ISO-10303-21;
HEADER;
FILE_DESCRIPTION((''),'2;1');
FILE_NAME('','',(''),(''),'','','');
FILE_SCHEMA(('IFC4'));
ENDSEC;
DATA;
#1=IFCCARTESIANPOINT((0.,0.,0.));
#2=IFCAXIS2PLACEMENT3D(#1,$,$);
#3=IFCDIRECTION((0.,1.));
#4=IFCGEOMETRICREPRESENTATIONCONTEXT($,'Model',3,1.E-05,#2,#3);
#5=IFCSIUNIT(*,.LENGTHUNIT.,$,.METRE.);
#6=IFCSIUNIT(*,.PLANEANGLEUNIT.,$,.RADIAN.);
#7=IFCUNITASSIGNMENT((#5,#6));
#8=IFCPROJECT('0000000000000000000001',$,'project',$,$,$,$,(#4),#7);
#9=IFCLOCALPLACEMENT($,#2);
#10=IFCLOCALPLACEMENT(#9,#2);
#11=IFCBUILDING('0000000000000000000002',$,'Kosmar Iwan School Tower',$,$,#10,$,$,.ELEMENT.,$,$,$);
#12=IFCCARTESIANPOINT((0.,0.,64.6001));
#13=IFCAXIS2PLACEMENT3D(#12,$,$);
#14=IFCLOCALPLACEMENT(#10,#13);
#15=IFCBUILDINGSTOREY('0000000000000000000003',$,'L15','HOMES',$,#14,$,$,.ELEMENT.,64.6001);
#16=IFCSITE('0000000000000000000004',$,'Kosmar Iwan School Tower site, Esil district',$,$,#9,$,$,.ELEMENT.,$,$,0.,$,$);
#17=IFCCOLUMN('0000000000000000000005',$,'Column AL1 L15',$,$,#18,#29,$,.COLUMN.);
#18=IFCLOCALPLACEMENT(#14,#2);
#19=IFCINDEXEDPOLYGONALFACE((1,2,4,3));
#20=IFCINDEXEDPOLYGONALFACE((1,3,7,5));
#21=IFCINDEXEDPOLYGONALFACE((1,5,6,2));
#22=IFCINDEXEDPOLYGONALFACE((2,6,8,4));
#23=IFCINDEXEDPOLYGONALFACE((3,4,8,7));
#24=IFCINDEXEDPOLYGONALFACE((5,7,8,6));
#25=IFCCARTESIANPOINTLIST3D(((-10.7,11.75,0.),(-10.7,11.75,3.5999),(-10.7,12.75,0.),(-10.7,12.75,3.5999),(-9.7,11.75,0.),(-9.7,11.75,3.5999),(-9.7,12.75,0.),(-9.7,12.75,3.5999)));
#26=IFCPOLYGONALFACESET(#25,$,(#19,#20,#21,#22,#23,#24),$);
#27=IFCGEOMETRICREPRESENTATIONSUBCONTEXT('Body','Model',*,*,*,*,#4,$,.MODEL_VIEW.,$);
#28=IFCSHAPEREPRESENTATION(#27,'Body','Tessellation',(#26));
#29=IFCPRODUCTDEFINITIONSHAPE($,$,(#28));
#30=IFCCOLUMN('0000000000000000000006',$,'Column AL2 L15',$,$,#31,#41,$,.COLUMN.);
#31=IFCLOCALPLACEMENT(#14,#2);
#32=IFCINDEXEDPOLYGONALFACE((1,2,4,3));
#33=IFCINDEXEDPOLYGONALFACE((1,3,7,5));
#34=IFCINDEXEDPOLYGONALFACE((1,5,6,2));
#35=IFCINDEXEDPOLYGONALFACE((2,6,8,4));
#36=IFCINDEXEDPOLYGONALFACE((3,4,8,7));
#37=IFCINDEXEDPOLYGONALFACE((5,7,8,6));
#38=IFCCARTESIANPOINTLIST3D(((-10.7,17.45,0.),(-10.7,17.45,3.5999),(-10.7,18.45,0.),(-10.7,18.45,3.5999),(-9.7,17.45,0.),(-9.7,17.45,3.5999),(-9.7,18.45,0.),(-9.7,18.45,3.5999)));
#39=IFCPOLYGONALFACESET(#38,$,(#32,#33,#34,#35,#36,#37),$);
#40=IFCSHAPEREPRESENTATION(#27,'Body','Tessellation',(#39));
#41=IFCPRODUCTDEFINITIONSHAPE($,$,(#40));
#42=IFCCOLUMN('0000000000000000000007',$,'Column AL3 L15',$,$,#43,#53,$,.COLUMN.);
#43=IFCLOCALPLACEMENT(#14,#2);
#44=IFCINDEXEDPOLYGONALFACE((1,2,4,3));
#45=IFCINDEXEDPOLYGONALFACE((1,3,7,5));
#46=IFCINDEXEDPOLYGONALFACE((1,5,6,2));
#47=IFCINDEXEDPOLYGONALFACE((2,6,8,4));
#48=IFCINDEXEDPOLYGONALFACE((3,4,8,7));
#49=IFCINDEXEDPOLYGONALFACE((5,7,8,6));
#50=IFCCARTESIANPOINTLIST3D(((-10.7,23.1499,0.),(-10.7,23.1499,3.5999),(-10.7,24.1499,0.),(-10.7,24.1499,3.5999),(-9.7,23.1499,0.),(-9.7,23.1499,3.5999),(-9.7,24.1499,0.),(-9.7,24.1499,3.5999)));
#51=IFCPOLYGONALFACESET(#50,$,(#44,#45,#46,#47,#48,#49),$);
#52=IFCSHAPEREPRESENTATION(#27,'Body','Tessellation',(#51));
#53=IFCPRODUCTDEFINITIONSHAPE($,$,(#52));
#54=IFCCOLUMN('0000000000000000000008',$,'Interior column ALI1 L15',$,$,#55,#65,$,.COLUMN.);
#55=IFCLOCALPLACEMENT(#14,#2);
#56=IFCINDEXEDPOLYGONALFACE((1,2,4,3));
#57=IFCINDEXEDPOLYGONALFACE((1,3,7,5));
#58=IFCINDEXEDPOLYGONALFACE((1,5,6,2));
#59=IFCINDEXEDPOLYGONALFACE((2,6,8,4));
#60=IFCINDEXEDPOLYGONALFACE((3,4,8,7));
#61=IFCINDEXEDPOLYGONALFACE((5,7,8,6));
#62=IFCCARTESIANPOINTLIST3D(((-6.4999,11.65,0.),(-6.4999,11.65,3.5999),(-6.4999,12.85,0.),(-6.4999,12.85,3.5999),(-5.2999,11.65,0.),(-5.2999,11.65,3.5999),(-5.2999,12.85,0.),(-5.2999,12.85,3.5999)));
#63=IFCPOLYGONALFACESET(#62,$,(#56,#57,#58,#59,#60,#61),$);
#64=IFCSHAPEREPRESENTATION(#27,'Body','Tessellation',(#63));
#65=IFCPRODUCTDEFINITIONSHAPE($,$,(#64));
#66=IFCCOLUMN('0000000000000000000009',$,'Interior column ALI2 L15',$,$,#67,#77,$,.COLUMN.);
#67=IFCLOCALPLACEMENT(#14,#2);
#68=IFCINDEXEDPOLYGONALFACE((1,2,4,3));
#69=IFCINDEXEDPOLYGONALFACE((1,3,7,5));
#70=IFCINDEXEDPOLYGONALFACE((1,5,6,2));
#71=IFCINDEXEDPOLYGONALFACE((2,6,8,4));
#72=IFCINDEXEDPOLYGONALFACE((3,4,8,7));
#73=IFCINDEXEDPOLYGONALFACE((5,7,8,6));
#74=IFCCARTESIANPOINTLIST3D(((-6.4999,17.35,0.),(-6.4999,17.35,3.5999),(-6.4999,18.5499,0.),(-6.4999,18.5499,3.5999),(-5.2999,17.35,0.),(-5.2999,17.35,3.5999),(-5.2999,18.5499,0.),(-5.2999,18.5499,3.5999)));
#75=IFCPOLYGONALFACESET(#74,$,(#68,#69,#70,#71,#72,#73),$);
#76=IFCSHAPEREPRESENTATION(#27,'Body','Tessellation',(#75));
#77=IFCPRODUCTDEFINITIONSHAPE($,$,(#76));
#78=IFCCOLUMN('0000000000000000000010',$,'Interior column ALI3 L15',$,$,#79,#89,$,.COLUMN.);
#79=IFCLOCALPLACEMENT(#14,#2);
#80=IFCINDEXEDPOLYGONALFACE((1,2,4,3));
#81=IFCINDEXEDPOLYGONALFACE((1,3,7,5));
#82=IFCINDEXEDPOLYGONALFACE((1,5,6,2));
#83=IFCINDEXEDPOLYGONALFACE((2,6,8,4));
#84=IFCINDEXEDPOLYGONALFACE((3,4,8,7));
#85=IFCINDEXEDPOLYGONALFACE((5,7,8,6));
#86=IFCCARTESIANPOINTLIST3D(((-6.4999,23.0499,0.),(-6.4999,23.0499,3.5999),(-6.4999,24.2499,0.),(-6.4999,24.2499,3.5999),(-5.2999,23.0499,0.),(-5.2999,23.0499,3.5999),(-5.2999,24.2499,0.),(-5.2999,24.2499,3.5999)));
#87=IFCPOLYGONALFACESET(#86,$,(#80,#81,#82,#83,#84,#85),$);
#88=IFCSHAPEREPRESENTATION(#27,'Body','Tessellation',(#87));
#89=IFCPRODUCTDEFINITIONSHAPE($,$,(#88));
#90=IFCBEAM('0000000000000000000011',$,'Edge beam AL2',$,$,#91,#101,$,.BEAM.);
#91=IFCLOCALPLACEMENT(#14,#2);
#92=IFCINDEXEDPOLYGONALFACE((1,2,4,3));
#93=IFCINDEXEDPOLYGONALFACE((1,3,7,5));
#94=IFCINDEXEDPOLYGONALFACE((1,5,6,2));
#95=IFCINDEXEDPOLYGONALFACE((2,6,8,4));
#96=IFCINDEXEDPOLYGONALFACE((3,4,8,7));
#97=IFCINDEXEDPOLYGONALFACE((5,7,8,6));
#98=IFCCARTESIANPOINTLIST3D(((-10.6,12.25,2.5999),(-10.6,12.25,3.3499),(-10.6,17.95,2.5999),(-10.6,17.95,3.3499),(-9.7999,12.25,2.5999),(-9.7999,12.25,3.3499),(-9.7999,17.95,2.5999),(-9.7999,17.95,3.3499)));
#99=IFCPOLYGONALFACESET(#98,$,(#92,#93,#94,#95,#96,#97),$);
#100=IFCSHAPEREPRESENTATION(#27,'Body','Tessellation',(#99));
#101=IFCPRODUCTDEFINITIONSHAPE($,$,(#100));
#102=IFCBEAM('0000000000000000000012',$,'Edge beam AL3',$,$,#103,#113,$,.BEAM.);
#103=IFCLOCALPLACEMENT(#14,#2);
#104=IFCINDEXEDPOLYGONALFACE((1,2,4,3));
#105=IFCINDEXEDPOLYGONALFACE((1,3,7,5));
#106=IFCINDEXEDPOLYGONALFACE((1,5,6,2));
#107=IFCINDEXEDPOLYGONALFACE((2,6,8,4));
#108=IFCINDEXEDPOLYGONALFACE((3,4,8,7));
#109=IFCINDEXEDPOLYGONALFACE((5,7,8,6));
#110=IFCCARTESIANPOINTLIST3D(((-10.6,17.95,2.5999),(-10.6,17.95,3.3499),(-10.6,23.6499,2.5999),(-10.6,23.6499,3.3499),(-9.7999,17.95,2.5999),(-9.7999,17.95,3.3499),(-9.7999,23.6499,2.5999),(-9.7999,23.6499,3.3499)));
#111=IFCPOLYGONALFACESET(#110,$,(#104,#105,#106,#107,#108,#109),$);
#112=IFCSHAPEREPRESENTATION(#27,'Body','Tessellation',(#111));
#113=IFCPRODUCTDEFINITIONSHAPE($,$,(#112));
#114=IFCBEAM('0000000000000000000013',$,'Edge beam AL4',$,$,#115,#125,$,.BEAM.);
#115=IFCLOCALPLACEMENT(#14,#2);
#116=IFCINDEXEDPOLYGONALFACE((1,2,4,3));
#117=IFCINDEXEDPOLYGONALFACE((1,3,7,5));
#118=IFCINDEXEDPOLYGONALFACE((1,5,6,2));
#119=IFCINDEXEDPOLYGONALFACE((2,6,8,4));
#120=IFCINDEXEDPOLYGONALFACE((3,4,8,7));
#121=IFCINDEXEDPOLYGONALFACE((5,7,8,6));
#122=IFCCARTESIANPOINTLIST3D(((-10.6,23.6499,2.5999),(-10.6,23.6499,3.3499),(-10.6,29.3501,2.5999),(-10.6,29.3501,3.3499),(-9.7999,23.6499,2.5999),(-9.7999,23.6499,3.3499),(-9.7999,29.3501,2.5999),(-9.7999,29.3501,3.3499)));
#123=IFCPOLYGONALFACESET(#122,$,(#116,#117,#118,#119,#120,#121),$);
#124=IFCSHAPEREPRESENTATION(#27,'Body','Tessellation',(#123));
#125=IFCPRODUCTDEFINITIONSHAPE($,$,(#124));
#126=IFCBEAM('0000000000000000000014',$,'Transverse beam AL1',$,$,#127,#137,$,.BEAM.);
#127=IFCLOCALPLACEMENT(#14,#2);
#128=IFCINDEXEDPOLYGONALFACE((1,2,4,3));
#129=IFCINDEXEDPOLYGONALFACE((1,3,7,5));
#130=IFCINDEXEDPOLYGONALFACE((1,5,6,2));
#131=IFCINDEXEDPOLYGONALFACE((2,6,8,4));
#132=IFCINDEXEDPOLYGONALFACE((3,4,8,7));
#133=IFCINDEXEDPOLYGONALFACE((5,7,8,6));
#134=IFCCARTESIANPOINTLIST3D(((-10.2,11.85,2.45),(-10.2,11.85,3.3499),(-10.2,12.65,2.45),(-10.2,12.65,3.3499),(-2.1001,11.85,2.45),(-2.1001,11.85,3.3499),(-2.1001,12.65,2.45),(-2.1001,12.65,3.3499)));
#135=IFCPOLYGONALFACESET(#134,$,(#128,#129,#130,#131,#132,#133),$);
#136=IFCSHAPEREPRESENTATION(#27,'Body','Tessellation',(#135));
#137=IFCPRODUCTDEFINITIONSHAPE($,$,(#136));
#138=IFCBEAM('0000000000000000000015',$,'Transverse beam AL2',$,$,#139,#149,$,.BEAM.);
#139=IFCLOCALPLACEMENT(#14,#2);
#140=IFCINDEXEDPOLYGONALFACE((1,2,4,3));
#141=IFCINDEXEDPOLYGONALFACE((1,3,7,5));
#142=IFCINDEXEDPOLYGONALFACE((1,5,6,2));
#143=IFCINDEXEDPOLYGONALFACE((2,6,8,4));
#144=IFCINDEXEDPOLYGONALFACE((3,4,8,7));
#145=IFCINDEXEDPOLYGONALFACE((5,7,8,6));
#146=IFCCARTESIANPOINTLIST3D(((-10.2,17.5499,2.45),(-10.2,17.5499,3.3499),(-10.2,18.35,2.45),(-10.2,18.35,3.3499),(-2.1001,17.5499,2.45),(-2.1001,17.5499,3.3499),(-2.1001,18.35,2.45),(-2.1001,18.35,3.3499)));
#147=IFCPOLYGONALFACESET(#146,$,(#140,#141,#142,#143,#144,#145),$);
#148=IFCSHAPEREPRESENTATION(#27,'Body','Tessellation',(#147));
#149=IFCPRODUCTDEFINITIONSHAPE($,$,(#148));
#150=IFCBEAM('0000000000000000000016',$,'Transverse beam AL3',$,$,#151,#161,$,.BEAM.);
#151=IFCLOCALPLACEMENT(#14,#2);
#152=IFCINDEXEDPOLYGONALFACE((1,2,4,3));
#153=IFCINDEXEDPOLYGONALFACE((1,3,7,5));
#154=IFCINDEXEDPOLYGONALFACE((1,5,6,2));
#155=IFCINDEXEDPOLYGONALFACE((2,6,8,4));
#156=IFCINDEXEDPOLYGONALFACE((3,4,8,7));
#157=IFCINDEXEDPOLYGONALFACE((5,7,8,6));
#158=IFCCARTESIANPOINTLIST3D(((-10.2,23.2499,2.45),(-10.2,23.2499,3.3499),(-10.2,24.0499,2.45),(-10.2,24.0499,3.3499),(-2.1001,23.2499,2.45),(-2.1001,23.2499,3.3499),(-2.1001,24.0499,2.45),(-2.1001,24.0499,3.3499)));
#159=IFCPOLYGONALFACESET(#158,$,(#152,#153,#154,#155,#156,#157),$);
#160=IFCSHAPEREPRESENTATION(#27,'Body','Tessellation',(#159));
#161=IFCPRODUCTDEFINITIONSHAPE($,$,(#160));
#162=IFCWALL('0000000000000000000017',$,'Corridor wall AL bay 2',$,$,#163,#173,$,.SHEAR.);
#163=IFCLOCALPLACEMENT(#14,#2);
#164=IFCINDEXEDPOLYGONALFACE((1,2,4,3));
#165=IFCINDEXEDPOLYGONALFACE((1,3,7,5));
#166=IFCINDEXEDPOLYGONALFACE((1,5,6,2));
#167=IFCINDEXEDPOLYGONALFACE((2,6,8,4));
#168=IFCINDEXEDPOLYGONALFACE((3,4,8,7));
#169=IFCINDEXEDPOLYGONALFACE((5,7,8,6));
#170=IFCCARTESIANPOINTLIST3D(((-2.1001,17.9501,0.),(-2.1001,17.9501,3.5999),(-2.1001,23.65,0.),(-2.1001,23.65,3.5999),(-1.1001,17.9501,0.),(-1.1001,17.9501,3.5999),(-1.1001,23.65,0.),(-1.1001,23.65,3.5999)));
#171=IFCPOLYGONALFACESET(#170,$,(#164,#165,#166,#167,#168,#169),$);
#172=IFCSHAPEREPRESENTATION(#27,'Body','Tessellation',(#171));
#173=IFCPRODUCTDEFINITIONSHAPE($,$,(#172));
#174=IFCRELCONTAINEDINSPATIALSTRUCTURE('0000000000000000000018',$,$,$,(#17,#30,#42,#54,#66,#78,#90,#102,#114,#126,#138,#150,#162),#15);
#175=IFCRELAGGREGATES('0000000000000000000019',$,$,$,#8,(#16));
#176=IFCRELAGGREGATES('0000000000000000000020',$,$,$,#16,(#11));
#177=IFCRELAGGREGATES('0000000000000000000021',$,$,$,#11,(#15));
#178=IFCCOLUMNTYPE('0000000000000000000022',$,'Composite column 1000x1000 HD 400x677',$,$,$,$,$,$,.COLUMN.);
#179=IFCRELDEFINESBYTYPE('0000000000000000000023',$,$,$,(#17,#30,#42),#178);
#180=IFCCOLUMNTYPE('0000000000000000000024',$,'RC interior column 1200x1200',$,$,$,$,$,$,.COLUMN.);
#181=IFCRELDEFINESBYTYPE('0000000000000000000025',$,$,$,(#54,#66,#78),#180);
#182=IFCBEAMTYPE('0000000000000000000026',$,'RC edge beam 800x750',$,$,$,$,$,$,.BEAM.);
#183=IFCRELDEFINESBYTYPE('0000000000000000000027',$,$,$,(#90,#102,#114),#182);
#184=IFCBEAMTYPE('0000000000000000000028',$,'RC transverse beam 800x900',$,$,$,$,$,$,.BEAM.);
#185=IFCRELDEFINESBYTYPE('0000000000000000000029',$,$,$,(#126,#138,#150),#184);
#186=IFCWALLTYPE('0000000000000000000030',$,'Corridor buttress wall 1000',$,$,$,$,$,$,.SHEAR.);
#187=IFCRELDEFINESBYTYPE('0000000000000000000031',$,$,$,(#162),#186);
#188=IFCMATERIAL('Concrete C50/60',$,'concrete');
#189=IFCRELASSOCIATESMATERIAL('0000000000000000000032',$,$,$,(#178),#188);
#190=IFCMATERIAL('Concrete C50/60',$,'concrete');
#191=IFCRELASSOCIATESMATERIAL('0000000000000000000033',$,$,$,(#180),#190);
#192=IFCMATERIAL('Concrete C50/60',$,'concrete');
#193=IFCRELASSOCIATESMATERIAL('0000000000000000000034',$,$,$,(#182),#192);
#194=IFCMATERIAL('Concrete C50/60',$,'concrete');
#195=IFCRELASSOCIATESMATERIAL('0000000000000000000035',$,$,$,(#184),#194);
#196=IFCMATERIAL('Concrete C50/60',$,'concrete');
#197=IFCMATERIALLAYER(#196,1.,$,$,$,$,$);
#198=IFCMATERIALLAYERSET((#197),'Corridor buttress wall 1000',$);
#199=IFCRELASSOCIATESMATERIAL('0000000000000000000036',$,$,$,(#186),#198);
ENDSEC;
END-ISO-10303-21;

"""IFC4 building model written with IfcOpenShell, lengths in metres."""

from ifc_helpers import new_model, si_unit, direction, frame, frame_2d, origin, origin_2d, place, context, subcontext, project, spatial, rectangle, extrude, material, layer, layer_set, material_profile, profile_set, type_object, element, save


model = new_model("IFC4")

# Units and contexts
model_context = context("Model", 3, precision=1e-05, world=origin(), true_north=direction((0.0, 1.0)))
body_context = subcontext(model_context, "Body", "Model", "MODEL_VIEW")
ifc_project = project(units=[si_unit("LENGTHUNIT", "METRE"), si_unit("PLANEANGLEUNIT", "RADIAN")], contexts=[model_context])

# Site, building, storey
site_placement = place(None, origin())
site = spatial("IfcSite", under=ifc_project, at=site_placement, Name="Kosmar Iwan School Tower site, Esil district", CompositionType="ELEMENT", RefElevation=0.0)
building_placement = place(site_placement, origin())
building = spatial("IfcBuilding", under=site, at=building_placement, Name="Kosmar Iwan School Tower", CompositionType="ELEMENT")
storey_placement = place(building_placement, frame((0.0, 0.0, 64.6001)))
storey = spatial("IfcBuildingStorey", under=building, at=storey_placement, Name="L15", Description="HOMES", CompositionType="ELEMENT", Elevation=64.6001)

# Columns
ifc_material_1 = material(Name="Concrete C50/60", Category="concrete")
ifc_material_profile_1 = material_profile(ifc_material_1, rectangle(XDim=1.0, YDim=1.0, at=origin_2d()), Name="RC 1000x1000 + HD 400x677")
ifc_profile_set_1 = profile_set([ifc_material_profile_1], Name="Concrete C50/60")
column_type_1 = type_object("IfcColumnType", Name="Composite column 1000x1000 HD 400x677", PredefinedType="COLUMN", material=ifc_profile_set_1)
for number, where, z_axis, x_axis, name in (
    (1, (-10.2, 12.25, 0.0), (0.0, 0.0, 1.0), (0.0, 1.0, 0.0), "Column AL1 L15"),
    (2, (-10.2, 17.95, 0.0), (0.0, 0.0, 1.0), (0.0, 1.0, 0.0), "Column AL2 L15"),
    (3, (-10.2, 23.6499, 0.0), (0.0, 0.0, 1.0), (0.0, 1.0, 0.0), "Column AL3 L15"),
):
    element("IfcColumn", number, at=place(storey_placement, frame(where, z_axis=z_axis, x_axis=x_axis)), inside=storey, type_object=column_type_1, Name=name, PredefinedType="COLUMN", context=body_context, shape_type="SweptSolid", body=[
        extrude(rectangle(XDim=1.0, YDim=1.0, at=origin_2d()), origin(), (0.0, 0.0, 1.0), 3.5999),
    ])
ifc_material_2 = material(Name="Concrete C50/60", Category="concrete")
ifc_material_profile_2 = material_profile(ifc_material_2, rectangle(XDim=1.2, YDim=1.2, at=origin_2d()), Name="RC 1200x1200")
ifc_profile_set_2 = profile_set([ifc_material_profile_2], Name="Concrete C50/60")
column_type_2 = type_object("IfcColumnType", Name="RC interior column 1200x1200", PredefinedType="COLUMN", material=ifc_profile_set_2)
for number, where, z_axis, x_axis, name in (
    (4, (-5.8999, 12.25, 0.0), (0.0, 0.0, 1.0), (0.0, 1.0, 0.0), "Interior column ALI1 L15"),
    (5, (-5.8999, 17.95, 0.0), (0.0, 0.0, 1.0), (0.0, 1.0, 0.0), "Interior column ALI2 L15"),
    (6, (-5.8999, 23.6499, 0.0), (0.0, 0.0, 1.0), (0.0, 1.0, 0.0), "Interior column ALI3 L15"),
):
    element("IfcColumn", number, at=place(storey_placement, frame(where, z_axis=z_axis, x_axis=x_axis)), inside=storey, type_object=column_type_2, Name=name, PredefinedType="COLUMN", context=body_context, shape_type="SweptSolid", body=[
        extrude(rectangle(XDim=1.2, YDim=1.2, at=origin_2d()), origin(), (0.0, 0.0, 1.0), 3.5999),
    ])

# Beams
ifc_material_3 = material(Name="Concrete C50/60", Category="concrete")
ifc_material_profile_3 = material_profile(ifc_material_3, rectangle(XDim=0.8, YDim=0.75, at=origin_2d()), Name="RC 800x750")
ifc_profile_set_3 = profile_set([ifc_material_profile_3], Name="Concrete C50/60")
beam_type_1 = type_object("IfcBeamType", Name="RC edge beam 800x750", PredefinedType="BEAM", material=ifc_profile_set_3)
for number, where, z_axis, x_axis, name in (
    (7, (-10.2, 12.25, 2.9749), (0.0, 1.0, 0.0), (-1.0, 0.0, 0.0), "Edge beam AL2"),
    (8, (-10.2, 17.95, 2.9749), (0.0, 1.0, 0.0), (-1.0, 0.0, 0.0), "Edge beam AL3"),
):
    element("IfcBeam", number, at=place(storey_placement, frame(where, z_axis=z_axis, x_axis=x_axis)), inside=storey, type_object=beam_type_1, Name=name, PredefinedType="BEAM", context=body_context, shape_type="SweptSolid", body=[
        extrude(rectangle(XDim=0.8, YDim=0.75, at=origin_2d()), origin(), (0.0, 0.0, 1.0), 5.7),
    ])
beam_placement = place(storey_placement, frame((-10.2, 23.6499, 2.9749), z_axis=(0.0, 1.0, 0.0), x_axis=(-1.0, 0.0, 0.0)))
element("IfcBeam", 9, at=beam_placement, inside=storey, type_object=beam_type_1, Name="Edge beam AL4", PredefinedType="BEAM", context=body_context, shape_type="SweptSolid", body=[
    extrude(rectangle(XDim=0.8, YDim=0.75, at=origin_2d()), origin(), (0.0, 0.0, 1.0), 5.7002),
])
ifc_material_4 = material(Name="Concrete C50/60", Category="concrete")
ifc_material_profile_4 = material_profile(ifc_material_4, rectangle(XDim=0.8, YDim=0.8999, at=origin_2d()), Name="RC 800x900")
ifc_profile_set_4 = profile_set([ifc_material_profile_4], Name="Concrete C50/60")
beam_type_2 = type_object("IfcBeamType", Name="RC transverse beam 800x900", PredefinedType="BEAM", material=ifc_profile_set_4)
for number, where, z_axis, x_axis, name in (
    (10, (-10.2, 12.25, 2.8999), (1.0, 0.0, 0.0), (0.0, 1.0, 0.0), "Transverse beam AL1"),
    (11, (-10.2, 17.95, 2.8999), (1.0, 0.0, 0.0), (0.0, 1.0, 0.0), "Transverse beam AL2"),
    (12, (-10.2, 23.6499, 2.8999), (1.0, 0.0, 0.0), (0.0, 1.0, 0.0), "Transverse beam AL3"),
):
    element("IfcBeam", number, at=place(storey_placement, frame(where, z_axis=z_axis, x_axis=x_axis)), inside=storey, type_object=beam_type_2, Name=name, PredefinedType="BEAM", context=body_context, shape_type="SweptSolid", body=[
        extrude(rectangle(XDim=0.8, YDim=0.8999, at=origin_2d()), origin(), (0.0, 0.0, 1.0), 8.0999),
    ])

# Wall
ifc_material_5 = material(Name="Concrete C50/60", Category="concrete")
ifc_layer_1 = layer(ifc_material_5, 1.0)
ifc_layer_set_1 = layer_set([ifc_layer_1], Name="Corridor buttress wall 1000")
wall_type_1 = type_object("IfcWallType", Name="Corridor buttress wall 1000", PredefinedType="SHEAR", material=ifc_layer_set_1)
wall_1_placement = place(storey_placement, frame((-1.6001, 17.95, 0.0), z_axis=(0.0, 0.0, 1.0), x_axis=(0.0, 1.0, 0.0)))
element("IfcWall", 13, at=wall_1_placement, inside=storey, type_object=wall_type_1, Name="Corridor wall AL bay 2", PredefinedType="SHEAR", context=body_context, shape_type="SweptSolid", body=[
    extrude(rectangle(XDim=5.7, YDim=1.0, at=frame_2d((2.8501, 0.0))), origin(), (0.0, 0.0, 1.0), 3.5999),
])

save(model, "model.ifc")
